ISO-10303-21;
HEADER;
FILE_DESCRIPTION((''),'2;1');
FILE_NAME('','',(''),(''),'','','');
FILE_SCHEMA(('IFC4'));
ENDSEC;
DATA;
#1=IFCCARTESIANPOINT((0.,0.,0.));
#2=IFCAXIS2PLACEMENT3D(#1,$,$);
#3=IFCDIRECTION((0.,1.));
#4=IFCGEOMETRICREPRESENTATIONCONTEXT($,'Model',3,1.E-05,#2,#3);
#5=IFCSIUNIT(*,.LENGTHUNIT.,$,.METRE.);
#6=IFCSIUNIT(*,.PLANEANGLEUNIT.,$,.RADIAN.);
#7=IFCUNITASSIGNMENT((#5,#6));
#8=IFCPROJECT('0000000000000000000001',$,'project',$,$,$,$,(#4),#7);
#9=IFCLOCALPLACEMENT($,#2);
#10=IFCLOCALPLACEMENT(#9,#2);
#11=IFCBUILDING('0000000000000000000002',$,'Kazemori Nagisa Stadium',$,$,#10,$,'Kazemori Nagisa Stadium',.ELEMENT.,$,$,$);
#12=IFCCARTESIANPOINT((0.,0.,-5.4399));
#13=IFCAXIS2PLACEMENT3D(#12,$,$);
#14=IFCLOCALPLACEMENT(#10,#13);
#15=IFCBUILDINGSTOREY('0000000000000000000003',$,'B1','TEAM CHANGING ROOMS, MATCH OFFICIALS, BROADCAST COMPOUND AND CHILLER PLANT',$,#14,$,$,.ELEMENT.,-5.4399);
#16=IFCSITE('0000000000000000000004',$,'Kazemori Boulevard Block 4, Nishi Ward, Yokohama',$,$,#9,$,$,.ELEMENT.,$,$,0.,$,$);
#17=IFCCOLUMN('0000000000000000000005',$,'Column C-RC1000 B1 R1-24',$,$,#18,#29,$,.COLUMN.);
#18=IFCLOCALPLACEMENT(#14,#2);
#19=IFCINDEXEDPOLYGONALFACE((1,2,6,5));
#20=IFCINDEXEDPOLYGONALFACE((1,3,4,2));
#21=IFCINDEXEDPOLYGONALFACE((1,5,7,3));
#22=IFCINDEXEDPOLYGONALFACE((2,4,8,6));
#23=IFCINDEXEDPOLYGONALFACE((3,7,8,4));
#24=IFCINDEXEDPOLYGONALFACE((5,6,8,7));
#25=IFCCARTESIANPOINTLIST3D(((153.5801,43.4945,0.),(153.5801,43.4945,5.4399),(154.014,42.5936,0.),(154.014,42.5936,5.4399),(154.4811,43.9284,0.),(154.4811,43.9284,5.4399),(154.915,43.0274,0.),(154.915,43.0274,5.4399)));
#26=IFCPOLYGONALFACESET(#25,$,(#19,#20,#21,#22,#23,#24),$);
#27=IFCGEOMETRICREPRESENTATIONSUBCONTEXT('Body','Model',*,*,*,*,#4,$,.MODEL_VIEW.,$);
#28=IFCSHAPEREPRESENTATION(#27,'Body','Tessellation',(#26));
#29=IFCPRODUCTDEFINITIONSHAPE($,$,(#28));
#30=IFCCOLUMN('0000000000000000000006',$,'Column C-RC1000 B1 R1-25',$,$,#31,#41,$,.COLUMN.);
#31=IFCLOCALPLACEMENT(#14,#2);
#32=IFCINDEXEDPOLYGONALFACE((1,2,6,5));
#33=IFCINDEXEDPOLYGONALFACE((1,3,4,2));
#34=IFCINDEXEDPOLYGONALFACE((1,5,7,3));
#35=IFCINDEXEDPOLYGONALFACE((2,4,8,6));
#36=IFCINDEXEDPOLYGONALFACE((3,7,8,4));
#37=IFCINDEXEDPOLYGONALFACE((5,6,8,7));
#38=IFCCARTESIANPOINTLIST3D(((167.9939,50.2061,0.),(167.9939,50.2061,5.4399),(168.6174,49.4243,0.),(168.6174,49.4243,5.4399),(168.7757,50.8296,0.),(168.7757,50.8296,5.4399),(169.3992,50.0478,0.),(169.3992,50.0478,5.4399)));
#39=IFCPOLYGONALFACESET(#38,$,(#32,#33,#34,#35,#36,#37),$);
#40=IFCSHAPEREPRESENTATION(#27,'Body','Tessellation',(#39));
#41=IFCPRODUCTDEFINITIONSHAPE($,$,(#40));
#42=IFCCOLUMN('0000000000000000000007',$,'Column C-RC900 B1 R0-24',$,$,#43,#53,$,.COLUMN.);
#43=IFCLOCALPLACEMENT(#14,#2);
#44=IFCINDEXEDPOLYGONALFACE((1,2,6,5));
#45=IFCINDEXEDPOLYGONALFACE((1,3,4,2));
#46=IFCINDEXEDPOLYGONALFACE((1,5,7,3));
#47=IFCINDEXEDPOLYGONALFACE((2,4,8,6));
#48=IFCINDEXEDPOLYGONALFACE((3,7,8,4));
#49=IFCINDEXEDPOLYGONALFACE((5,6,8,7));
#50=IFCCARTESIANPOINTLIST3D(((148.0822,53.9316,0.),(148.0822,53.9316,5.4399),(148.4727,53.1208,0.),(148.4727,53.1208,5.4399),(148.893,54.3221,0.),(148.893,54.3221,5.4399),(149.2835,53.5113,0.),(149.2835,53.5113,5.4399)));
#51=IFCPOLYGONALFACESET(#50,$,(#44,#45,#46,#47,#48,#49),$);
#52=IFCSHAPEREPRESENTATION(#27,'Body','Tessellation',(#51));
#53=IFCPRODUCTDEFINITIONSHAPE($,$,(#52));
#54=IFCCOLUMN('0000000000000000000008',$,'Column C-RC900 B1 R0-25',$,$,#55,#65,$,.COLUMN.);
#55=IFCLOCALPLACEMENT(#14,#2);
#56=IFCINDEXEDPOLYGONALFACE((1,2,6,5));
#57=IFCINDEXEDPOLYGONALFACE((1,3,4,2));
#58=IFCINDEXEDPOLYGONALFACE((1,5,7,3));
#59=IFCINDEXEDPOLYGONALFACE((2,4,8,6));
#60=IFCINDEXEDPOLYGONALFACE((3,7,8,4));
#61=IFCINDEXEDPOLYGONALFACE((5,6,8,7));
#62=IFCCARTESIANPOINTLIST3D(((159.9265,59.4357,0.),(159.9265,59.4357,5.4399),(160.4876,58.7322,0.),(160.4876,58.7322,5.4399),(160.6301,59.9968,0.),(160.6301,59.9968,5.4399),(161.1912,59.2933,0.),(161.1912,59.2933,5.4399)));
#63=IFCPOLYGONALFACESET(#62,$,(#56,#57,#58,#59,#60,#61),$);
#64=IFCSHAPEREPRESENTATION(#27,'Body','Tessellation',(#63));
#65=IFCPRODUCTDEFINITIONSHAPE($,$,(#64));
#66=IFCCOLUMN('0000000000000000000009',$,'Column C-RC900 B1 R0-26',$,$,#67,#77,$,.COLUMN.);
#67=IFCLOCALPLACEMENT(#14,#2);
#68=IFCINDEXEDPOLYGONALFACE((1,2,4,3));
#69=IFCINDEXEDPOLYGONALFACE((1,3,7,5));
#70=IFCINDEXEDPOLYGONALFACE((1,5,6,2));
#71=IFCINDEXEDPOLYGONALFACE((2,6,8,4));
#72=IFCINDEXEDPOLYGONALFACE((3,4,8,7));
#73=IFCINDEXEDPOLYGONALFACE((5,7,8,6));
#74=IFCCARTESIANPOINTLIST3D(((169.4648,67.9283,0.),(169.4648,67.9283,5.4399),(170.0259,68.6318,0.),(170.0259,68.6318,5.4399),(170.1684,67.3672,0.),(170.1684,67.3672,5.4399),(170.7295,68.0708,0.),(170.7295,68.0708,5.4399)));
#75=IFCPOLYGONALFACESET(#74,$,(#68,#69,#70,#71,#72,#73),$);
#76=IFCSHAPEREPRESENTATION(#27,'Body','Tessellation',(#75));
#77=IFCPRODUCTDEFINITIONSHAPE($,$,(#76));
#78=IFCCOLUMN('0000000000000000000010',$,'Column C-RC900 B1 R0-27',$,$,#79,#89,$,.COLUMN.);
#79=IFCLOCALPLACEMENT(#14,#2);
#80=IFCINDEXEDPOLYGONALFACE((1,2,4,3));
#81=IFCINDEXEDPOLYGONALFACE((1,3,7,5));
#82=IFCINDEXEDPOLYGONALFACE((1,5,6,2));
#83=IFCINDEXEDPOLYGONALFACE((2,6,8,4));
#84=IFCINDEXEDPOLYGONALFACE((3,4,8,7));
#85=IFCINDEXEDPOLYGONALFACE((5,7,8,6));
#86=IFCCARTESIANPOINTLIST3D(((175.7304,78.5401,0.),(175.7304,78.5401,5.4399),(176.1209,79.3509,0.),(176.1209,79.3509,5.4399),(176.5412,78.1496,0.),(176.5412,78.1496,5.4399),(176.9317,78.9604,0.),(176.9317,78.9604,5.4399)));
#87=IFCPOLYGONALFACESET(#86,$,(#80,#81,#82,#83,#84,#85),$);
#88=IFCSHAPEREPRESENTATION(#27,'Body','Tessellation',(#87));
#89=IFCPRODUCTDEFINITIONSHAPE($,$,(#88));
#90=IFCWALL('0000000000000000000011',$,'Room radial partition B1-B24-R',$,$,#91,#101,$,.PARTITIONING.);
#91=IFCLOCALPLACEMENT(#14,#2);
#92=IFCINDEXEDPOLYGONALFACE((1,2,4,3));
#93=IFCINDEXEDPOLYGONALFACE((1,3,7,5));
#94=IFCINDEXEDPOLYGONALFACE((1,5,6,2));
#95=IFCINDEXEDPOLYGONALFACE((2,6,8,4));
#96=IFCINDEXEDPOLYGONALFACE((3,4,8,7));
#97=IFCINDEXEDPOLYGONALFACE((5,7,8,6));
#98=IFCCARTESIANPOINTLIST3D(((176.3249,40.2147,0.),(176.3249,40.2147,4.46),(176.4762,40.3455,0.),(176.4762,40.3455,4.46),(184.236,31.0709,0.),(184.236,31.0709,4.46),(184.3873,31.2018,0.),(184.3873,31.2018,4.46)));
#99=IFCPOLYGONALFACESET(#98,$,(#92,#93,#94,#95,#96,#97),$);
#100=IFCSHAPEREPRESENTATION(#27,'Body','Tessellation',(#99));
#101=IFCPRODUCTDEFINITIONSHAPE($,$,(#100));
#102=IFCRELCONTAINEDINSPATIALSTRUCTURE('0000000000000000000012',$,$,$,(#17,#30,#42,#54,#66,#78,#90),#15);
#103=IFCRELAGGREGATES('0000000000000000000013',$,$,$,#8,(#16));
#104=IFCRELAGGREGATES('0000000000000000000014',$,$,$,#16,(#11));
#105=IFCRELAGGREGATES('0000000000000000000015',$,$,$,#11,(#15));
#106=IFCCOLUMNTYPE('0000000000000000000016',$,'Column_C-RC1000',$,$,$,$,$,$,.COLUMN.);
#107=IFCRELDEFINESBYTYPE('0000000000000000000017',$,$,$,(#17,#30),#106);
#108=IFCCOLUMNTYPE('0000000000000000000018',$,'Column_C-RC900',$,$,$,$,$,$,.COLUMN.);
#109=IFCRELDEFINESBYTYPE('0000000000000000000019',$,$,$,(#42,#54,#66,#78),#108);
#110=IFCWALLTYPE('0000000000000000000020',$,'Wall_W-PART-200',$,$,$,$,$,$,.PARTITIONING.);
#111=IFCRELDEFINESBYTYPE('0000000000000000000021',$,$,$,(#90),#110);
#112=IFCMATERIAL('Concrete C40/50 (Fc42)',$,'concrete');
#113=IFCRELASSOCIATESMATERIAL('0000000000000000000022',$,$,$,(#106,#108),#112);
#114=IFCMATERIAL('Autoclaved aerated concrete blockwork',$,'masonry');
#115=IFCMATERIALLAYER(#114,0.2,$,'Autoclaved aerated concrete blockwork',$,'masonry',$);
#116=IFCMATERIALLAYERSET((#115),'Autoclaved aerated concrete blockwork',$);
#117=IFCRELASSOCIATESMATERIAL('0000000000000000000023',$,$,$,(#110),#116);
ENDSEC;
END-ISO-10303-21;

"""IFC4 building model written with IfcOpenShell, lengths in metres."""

from ifc_helpers import new_model, si_unit, direction, frame, frame_2d, origin, origin_2d, place, context, subcontext, project, spatial, rectangle, extrude, material, layer, layer_set, material_profile, profile_set, type_object, element, save


model = new_model("IFC4")

# Units and contexts
model_context = context("Model", 3, precision=1e-05, world=origin(), true_north=direction((0.0, 1.0)))
body_context = subcontext(model_context, "Body", "Model", "MODEL_VIEW")
ifc_project = project(units=[si_unit("LENGTHUNIT", "METRE"), si_unit("PLANEANGLEUNIT", "RADIAN")], contexts=[model_context])

# Site, building, storey
site_placement = place(None, origin())
site = spatial("IfcSite", under=ifc_project, at=site_placement, Name="Kazemori Boulevard Block 4, Nishi Ward, Yokohama", CompositionType="ELEMENT", RefElevation=0.0)
building_placement = place(site_placement, origin())
building = spatial("IfcBuilding", under=site, at=building_placement, Name="Kazemori Nagisa Stadium", LongName="Kazemori Nagisa Stadium", CompositionType="ELEMENT")
storey_placement = place(building_placement, frame((0.0, 0.0, -5.4399)))
storey = spatial("IfcBuildingStorey", under=building, at=storey_placement, Name="B1", Description="TEAM CHANGING ROOMS, MATCH OFFICIALS, BROADCAST COMPOUND AND CHILLER PLANT", CompositionType="ELEMENT", Elevation=-5.4399)

# Shared definitions
ifc_material_1 = material(Name="Concrete C40/50 (Fc42)", Category="concrete")

# Columns
ifc_material_profile_1 = material_profile(ifc_material_1, rectangle(XDim=1.0, YDim=1.0, at=origin_2d()), Name="RC-COL-1000x1000")
ifc_profile_set_1 = profile_set([ifc_material_profile_1], Name="Concrete C40/50 (Fc42)")
column_type_1 = type_object("IfcColumnType", Name="Column_C-RC1000", PredefinedType="COLUMN", material=ifc_profile_set_1)
for number, where, z_axis, x_axis, name in (
    (1, (154.2476, 43.261, 0.0), (0.0, 0.0, 1.0), (0.433884, -0.900969, 0.0), "Column C-RC1000 B1 R1-24"),
    (2, (168.6965, 50.127, 0.0), (0.0, 0.0, 1.0), (0.62349, -0.781831, 0.0), "Column C-RC1000 B1 R1-25"),
):
    element("IfcColumn", number, at=place(storey_placement, frame(where, z_axis=z_axis, x_axis=x_axis)), inside=storey, type_object=column_type_1, Name=name, PredefinedType="COLUMN", context=body_context, shape_type="SweptSolid", body=[
        extrude(rectangle(XDim=1.0, YDim=1.0, at=origin_2d()), origin(), (0.0, 0.0, 1.0), 5.4399),
    ])
ifc_material_profile_2 = material_profile(ifc_material_1, rectangle(XDim=0.8999, YDim=0.8999, at=origin_2d()), Name="RC-COL-900x900")
ifc_profile_set_2 = profile_set([ifc_material_profile_2], Name="Concrete C40/50 (Fc42)")
column_type_2 = type_object("IfcColumnType", Name="Column_C-RC900", PredefinedType="COLUMN", material=ifc_profile_set_2)
for number, where, z_axis, x_axis, name in (
    (3, (148.6829, 53.7214, 0.0), (0.0, 0.0, 1.0), (0.433884, -0.900969, 0.0), "Column C-RC900 B1 R0-24"),
    (4, (160.5588, 59.3645, 0.0), (0.0, 0.0, 1.0), (0.62349, -0.781831, 0.0), "Column C-RC900 B1 R0-25"),
    (5, (170.0972, 67.9995, 0.0), (0.0, 0.0, 1.0), (0.781831, -0.62349, 0.0), "Column C-RC900 B1 R0-26"),
    (6, (176.3311, 78.7502, 0.0), (0.0, 0.0, 1.0), (0.900969, -0.433884, 0.0), "Column C-RC900 B1 R0-27"),
):
    element("IfcColumn", number, at=place(storey_placement, frame(where, z_axis=z_axis, x_axis=x_axis)), inside=storey, type_object=column_type_2, Name=name, PredefinedType="COLUMN", context=body_context, shape_type="SweptSolid", body=[
        extrude(rectangle(XDim=0.8999, YDim=0.8999, at=origin_2d()), origin(), (0.0, 0.0, 1.0), 5.4399),
    ])

# Wall
ifc_material_2 = material(Name="Autoclaved aerated concrete blockwork", Category="masonry")
ifc_layer = layer(ifc_material_2, 0.2, Name="Autoclaved aerated concrete blockwork", Category="masonry")
ifc_layer_set = layer_set([ifc_layer], Name="Autoclaved aerated concrete blockwork")
wall_type = type_object("IfcWallType", Name="Wall_W-PART-200", PredefinedType="PARTITIONING", material=ifc_layer_set)
wall_placement = place(storey_placement, frame((176.4006, 40.28, 0.0), z_axis=(0.0, 0.0, 1.0), x_axis=(0.654293, -0.756241, 0.0)))
element("IfcWall", 7, at=wall_placement, inside=storey, type_object=wall_type, Name="Room radial partition B1-B24-R", PredefinedType="PARTITIONING", context=body_context, shape_type="SweptSolid", body=[
    extrude(rectangle(XDim=12.0911, YDim=0.2, at=frame_2d((6.0454, 0.0))), origin(), (0.0, 0.0, 1.0), 4.46),
])

save(model, "model.ifc")
